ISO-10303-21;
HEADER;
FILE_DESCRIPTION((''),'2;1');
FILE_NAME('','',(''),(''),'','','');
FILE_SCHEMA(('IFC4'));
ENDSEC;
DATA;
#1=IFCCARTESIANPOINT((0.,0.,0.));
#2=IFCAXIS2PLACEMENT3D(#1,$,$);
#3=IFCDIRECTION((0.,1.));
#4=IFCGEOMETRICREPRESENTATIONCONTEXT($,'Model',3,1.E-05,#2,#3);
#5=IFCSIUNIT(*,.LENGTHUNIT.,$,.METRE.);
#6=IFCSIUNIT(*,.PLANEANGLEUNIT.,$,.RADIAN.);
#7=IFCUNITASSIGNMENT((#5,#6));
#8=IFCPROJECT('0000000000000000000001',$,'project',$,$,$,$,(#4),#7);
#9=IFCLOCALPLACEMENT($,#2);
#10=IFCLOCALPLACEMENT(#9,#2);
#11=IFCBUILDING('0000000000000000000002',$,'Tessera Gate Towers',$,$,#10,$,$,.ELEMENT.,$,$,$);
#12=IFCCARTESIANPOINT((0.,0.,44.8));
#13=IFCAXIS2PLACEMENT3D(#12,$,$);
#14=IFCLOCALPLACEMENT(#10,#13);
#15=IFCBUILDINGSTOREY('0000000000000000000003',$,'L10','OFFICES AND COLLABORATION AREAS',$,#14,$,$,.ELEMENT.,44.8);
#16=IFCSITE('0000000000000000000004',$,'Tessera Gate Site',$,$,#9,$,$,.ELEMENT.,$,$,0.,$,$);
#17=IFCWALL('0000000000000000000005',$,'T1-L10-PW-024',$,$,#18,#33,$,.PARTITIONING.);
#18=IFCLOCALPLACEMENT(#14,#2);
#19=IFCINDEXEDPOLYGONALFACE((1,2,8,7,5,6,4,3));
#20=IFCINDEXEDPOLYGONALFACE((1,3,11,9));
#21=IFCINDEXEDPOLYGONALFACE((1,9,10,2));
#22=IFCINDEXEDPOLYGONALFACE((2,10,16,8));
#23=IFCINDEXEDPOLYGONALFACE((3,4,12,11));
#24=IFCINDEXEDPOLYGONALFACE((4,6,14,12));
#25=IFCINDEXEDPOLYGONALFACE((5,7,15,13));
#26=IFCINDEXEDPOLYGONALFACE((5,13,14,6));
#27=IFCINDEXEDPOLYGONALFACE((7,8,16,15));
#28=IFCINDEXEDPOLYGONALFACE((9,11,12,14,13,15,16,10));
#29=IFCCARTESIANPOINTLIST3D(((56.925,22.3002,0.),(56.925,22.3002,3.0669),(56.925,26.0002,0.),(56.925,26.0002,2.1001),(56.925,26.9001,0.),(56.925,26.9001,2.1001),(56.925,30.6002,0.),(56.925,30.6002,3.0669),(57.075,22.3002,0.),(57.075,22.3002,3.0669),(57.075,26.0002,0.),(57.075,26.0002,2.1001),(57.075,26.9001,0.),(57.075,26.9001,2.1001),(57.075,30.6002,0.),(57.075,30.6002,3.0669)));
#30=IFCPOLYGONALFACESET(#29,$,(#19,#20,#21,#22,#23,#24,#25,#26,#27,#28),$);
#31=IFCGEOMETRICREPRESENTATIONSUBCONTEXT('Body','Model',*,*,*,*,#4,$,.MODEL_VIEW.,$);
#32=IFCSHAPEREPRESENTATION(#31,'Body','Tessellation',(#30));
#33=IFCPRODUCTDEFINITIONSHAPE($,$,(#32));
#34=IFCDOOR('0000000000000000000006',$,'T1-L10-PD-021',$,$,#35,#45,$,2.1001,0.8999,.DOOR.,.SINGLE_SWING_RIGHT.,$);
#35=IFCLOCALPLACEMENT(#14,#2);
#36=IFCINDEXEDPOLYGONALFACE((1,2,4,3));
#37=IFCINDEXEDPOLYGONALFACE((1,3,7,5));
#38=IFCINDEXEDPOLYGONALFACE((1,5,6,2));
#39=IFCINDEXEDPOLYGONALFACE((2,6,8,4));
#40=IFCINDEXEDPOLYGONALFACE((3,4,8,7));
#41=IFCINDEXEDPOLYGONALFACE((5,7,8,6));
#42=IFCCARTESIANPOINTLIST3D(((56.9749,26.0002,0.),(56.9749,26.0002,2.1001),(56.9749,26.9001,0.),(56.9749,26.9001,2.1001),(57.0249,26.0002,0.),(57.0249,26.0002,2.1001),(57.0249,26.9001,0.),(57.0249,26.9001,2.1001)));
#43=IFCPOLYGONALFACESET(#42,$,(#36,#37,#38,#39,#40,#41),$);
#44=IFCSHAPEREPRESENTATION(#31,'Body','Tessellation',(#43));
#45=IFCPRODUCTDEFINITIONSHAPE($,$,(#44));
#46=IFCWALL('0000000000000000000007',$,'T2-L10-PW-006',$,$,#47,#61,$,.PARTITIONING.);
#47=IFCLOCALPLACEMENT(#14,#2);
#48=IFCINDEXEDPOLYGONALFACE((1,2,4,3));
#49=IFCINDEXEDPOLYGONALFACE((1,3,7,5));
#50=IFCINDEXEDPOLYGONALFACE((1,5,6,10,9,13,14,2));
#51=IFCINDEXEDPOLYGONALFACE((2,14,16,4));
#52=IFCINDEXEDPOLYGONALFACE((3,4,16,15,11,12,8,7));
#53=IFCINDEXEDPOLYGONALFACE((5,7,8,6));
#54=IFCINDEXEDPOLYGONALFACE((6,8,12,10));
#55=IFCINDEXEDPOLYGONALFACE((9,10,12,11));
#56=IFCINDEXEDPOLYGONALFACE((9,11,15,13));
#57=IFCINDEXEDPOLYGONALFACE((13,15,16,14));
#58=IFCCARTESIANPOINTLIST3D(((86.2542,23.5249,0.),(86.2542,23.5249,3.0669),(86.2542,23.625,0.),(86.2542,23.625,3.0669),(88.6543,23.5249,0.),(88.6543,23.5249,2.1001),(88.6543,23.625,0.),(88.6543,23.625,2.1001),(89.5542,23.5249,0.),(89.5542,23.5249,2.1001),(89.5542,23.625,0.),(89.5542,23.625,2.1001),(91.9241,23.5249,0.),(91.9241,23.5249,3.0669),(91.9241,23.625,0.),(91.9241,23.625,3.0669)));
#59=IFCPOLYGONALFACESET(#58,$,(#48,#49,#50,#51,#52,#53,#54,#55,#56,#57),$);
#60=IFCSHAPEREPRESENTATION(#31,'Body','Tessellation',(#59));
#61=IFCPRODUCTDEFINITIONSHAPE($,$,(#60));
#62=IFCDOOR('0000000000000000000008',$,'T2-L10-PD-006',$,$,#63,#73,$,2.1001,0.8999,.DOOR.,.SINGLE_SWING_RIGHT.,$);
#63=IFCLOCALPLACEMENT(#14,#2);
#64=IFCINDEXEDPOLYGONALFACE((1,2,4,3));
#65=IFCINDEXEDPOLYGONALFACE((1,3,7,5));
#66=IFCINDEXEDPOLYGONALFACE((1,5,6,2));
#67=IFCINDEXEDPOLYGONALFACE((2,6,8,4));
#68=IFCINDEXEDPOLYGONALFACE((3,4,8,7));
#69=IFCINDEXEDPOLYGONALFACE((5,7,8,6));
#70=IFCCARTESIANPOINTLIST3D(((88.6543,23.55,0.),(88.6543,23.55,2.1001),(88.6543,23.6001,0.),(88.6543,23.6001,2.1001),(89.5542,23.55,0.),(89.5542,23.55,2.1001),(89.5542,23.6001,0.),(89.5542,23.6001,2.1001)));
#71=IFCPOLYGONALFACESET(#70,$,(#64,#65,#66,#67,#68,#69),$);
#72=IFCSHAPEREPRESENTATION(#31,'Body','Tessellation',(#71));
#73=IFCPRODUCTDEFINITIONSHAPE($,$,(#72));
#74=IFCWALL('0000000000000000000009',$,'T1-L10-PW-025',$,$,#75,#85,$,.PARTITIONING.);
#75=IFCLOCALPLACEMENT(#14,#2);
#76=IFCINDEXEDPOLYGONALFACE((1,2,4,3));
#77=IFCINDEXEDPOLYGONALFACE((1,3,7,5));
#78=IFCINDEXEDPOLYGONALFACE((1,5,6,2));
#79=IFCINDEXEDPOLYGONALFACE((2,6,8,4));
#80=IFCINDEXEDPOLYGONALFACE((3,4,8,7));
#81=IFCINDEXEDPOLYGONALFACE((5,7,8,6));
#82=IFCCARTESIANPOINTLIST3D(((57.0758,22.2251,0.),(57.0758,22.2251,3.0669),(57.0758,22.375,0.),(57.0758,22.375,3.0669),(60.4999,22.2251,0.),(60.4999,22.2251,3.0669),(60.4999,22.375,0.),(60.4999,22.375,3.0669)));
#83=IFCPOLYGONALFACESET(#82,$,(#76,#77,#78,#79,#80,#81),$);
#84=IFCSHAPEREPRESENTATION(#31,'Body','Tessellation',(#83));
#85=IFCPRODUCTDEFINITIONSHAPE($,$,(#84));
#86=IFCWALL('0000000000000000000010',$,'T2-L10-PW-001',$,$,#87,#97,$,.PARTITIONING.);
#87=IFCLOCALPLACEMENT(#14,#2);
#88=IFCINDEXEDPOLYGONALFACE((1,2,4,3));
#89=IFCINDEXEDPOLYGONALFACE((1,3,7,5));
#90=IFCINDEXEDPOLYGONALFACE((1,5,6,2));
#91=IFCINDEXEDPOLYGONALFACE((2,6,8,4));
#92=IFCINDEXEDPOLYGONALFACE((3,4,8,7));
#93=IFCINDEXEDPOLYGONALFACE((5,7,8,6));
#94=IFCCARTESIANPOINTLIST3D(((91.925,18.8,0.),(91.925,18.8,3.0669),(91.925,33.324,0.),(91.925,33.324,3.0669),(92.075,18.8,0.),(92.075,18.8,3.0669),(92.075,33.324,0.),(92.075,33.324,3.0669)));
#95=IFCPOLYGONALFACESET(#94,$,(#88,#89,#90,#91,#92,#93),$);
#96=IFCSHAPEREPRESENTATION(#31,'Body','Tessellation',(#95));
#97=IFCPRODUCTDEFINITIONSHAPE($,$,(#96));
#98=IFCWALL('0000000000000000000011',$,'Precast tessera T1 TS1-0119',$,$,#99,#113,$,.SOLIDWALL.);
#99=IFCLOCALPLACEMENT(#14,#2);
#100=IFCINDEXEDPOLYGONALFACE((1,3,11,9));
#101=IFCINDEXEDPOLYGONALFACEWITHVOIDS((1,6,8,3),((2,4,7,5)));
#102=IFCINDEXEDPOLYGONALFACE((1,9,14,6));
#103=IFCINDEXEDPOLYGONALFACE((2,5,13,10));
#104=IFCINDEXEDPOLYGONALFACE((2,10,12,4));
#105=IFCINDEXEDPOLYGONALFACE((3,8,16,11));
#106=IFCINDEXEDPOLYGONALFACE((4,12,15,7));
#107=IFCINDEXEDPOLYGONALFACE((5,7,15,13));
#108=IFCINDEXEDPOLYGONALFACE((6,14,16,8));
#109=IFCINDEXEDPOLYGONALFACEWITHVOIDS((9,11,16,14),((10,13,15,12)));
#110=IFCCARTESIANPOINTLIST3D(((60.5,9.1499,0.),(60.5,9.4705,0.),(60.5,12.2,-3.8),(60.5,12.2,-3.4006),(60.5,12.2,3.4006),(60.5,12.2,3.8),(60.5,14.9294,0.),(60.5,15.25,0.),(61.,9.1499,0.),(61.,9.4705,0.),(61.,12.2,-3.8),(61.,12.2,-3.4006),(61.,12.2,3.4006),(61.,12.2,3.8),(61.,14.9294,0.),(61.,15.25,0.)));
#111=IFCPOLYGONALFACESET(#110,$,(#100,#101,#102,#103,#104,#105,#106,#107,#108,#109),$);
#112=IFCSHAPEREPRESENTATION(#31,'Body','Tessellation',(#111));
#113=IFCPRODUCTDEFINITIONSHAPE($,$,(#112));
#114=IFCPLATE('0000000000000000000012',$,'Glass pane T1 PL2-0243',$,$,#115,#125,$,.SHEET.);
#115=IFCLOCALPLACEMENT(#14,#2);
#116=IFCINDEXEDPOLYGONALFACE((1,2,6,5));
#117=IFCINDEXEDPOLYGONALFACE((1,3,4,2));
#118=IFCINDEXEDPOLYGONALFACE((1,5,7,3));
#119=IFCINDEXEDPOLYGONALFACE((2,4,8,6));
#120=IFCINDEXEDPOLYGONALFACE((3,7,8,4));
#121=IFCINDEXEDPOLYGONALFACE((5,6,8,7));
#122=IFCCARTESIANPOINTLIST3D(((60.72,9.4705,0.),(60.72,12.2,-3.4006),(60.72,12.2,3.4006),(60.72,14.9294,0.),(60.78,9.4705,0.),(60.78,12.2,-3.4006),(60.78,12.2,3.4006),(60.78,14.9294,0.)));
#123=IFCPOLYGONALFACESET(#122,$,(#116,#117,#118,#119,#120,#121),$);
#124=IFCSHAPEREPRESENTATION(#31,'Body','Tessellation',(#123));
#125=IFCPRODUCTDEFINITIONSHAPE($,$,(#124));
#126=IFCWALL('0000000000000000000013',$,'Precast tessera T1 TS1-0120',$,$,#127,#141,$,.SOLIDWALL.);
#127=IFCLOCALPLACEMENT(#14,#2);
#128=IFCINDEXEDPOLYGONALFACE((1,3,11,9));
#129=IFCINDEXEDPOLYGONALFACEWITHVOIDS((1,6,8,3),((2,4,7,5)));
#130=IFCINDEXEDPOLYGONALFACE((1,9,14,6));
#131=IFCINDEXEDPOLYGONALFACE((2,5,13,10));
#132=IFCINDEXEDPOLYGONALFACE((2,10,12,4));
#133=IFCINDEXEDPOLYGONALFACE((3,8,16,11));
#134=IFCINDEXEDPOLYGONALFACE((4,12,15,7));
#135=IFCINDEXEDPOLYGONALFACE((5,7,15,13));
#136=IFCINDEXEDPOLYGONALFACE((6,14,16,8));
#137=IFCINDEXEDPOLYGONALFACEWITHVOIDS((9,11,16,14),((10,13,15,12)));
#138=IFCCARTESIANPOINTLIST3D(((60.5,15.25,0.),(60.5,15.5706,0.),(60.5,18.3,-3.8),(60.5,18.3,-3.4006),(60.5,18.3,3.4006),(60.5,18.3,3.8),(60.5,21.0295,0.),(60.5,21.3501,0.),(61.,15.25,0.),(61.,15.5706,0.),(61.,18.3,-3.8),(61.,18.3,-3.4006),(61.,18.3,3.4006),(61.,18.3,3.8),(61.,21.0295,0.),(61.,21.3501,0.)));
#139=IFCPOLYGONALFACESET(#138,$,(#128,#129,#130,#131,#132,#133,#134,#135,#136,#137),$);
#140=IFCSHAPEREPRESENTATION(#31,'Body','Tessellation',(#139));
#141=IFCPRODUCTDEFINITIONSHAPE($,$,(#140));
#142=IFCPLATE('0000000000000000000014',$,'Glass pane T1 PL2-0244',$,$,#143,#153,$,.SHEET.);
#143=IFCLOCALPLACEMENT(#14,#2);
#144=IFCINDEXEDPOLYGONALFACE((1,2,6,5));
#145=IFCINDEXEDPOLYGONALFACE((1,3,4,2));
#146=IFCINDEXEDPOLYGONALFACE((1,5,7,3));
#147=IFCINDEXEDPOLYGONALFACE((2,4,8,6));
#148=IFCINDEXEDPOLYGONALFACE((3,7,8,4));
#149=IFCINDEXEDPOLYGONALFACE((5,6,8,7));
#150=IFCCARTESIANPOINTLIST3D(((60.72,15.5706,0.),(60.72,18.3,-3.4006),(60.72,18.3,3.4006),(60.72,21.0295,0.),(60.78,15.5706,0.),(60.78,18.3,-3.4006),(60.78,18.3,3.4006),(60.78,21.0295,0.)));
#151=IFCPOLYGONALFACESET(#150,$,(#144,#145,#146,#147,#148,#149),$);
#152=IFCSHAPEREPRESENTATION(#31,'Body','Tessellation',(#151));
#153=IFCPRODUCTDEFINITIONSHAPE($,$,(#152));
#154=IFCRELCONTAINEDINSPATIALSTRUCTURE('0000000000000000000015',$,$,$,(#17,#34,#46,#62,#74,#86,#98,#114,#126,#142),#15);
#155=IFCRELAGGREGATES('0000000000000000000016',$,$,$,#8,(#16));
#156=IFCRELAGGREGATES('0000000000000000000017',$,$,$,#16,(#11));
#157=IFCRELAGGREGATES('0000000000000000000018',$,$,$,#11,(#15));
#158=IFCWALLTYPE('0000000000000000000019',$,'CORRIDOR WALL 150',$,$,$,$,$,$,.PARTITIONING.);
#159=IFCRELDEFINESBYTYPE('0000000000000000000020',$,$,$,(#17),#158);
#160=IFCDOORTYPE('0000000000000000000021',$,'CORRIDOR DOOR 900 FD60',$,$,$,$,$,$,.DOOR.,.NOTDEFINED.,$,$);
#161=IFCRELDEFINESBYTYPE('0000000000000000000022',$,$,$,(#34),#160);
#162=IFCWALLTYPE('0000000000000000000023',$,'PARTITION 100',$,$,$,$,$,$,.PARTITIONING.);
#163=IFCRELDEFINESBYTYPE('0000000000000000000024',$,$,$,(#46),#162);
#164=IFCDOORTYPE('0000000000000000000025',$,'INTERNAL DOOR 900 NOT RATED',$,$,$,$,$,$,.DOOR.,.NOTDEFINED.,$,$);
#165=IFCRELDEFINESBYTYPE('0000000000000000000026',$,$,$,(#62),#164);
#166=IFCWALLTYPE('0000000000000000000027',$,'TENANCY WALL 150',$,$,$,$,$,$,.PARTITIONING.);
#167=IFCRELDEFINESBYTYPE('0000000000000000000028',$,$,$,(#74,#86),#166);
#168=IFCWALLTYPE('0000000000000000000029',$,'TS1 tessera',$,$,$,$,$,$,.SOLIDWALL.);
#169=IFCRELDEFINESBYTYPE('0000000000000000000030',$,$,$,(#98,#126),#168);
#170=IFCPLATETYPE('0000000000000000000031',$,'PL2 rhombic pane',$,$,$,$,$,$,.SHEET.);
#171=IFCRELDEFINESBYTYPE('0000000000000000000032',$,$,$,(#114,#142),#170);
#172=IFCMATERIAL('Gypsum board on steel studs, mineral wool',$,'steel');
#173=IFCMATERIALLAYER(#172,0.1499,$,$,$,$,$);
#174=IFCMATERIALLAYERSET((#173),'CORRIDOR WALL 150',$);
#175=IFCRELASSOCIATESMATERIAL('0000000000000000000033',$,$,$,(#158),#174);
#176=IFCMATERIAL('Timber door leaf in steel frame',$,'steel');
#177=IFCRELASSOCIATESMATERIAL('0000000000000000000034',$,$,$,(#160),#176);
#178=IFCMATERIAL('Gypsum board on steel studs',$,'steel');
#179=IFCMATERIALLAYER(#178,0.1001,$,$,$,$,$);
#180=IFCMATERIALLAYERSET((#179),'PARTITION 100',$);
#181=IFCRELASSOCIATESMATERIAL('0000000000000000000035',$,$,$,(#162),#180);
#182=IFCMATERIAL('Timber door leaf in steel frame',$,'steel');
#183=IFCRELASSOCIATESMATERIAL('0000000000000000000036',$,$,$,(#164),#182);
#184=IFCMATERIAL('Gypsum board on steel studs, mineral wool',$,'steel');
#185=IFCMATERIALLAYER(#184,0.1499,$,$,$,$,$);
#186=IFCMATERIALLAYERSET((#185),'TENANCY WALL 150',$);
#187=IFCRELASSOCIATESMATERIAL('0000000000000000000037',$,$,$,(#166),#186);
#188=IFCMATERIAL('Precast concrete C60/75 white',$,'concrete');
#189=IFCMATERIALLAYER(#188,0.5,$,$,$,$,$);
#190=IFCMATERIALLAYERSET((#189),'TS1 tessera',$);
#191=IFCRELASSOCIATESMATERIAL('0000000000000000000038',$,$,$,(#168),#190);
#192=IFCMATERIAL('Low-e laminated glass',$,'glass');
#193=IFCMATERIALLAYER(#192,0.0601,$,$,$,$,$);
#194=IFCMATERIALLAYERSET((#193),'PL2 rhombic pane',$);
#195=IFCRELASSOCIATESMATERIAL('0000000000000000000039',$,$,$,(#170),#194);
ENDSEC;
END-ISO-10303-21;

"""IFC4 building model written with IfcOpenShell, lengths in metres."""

from ifc_helpers import new_model, si_unit, direction, frame, frame_2d, origin, place, context, subcontext, project, spatial, polyline, rectangle, outline, extrude, source, transform, mapped, material, layer, layer_set, type_object, element, fill, save


model = new_model("IFC4")

# Units and contexts
model_context = context("Model", 3, precision=1e-05, world=origin(), true_north=direction((0.0, 1.0)))
body_context = subcontext(model_context, "Body", "Model", "MODEL_VIEW")
ifc_project = project(units=[si_unit("LENGTHUNIT", "METRE"), si_unit("PLANEANGLEUNIT", "RADIAN")], contexts=[model_context])

# Site, building, storey
site_placement = place(None, origin())
site = spatial("IfcSite", under=ifc_project, at=site_placement, Name="Tessera Gate Site", CompositionType="ELEMENT", RefElevation=0.0)
building_placement = place(site_placement, origin())
building = spatial("IfcBuilding", under=site, at=building_placement, Name="Tessera Gate Towers", CompositionType="ELEMENT")
storey_placement = place(building_placement, frame((0.0, 0.0, 44.8)))
storey = spatial("IfcBuildingStorey", under=building, at=storey_placement, Name="L10", Description="OFFICES AND COLLABORATION AREAS", CompositionType="ELEMENT", Elevation=44.8)

# Shared definitions
ifc_material_1 = material(Name="Gypsum board on steel studs, mineral wool", Category="steel")
ifc_layer_1 = layer(ifc_material_1, 0.1499)
ifc_layer_set_1 = layer_set([ifc_layer_1], Name="CORRIDOR WALL 150")
wall_type_1 = type_object("IfcWallType", Name="CORRIDOR WALL 150", PredefinedType="PARTITIONING", material=ifc_layer_set_1)

# Walls, openings, doors
wall_1_placement = place(storey_placement, frame((57.0, 30.6001, 0.0), z_axis=(0.0, 0.0, 1.0), x_axis=(0.0, -1.0, 0.0)))
wall_1 = element("IfcWall", 1, at=wall_1_placement, inside=storey, type_object=wall_type_1, Name="T1-L10-PW-024", PredefinedType="PARTITIONING", context=body_context, shape_type="SweptSolid", body=[
    extrude(rectangle(XDim=8.3, YDim=0.1499, at=frame_2d((4.1499, 0.0))), origin(), (0.0, 0.0, 1.0), 3.0669),
])
shared_shape_1 = source(origin(), body_context, "Body", "SweptSolid", [
    extrude(rectangle(XDim=0.8999, YDim=2.1001, at=frame_2d((0.45, 1.05))), frame((0.0, 0.085, 0.0), z_axis=(0.0, -1.0, 0.0), x_axis=(1.0, 0.0, 0.0)), (0.0, 0.0, 1.0), 0.1699),
])
opening_1_placement = place(wall_1_placement, frame((3.7, 0.0, 0.0)))
opening_1 = element("IfcOpeningElement", 2, at=opening_1_placement, cuts=wall_1, PredefinedType="OPENING", context=body_context, shape_type="MappedRepresentation", body=[
    mapped(shared_shape_1, transform((0.0, 0.0, 0.0), scale=1.0)),
])
ifc_material_2 = material(Name="Timber door leaf in steel frame", Category="steel")
door_type_1 = type_object("IfcDoorType", Name="CORRIDOR DOOR 900 FD60", OperationType="NOTDEFINED", PredefinedType="DOOR", material=ifc_material_2)
shared_shape_2 = source(origin(), body_context, "Body", "SweptSolid", [
    extrude(rectangle(XDim=0.8999, YDim=2.1001, at=frame_2d((0.45, 1.05))), frame((0.0, 0.0249, 0.0), z_axis=(0.0, -1.0, 0.0), x_axis=(1.0, 0.0, 0.0)), (0.0, 0.0, 1.0), 0.05),
])
door_1_placement = place(opening_1_placement, origin())
door_1 = element("IfcDoor", 3, at=door_1_placement, inside=storey, type_object=door_type_1, Name="T1-L10-PD-021", OperationType="SINGLE_SWING_RIGHT", OverallHeight=2.1001, OverallWidth=0.8999, PredefinedType="DOOR", context=body_context, shape_type="MappedRepresentation", body=[
    mapped(shared_shape_2, transform((0.0, 0.0, 0.0), scale=1.0)),
])
fill(opening_1, door_1)
ifc_material_3 = material(Name="Gypsum board on steel studs", Category="steel")
ifc_layer_2 = layer(ifc_material_3, 0.1001)
ifc_layer_set_2 = layer_set([ifc_layer_2], Name="PARTITION 100")
wall_type_2 = type_object("IfcWallType", Name="PARTITION 100", PredefinedType="PARTITIONING", material=ifc_layer_set_2)
wall_2_placement = place(storey_placement, frame((91.9241, 23.575, 0.0), z_axis=(0.0, 0.0, 1.0), x_axis=(-1.0, 0.0, 0.0)))
wall_2 = element("IfcWall", 4, at=wall_2_placement, inside=storey, type_object=wall_type_2, Name="T2-L10-PW-006", PredefinedType="PARTITIONING", context=body_context, shape_type="SweptSolid", body=[
    extrude(rectangle(XDim=5.6699, YDim=0.1001, at=frame_2d((2.835, 0.0))), origin(), (0.0, 0.0, 1.0), 3.0669),
])
shared_shape_3 = source(origin(), body_context, "Body", "SweptSolid", [
    extrude(rectangle(XDim=0.8999, YDim=2.1001, at=frame_2d((0.45, 1.05))), frame((0.0, 0.0601, 0.0), z_axis=(0.0, -1.0, 0.0), x_axis=(1.0, 0.0, 0.0)), (0.0, 0.0, 1.0), 0.1201),
])
opening_2_placement = place(wall_2_placement, frame((2.3699, 0.0, 0.0)))
opening_2 = element("IfcOpeningElement", 5, at=opening_2_placement, cuts=wall_2, PredefinedType="OPENING", context=body_context, shape_type="MappedRepresentation", body=[
    mapped(shared_shape_3, transform((0.0, 0.0, 0.0), scale=1.0)),
])
ifc_material_4 = material(Name="Timber door leaf in steel frame", Category="steel")
door_type_2 = type_object("IfcDoorType", Name="INTERNAL DOOR 900 NOT RATED", OperationType="NOTDEFINED", PredefinedType="DOOR", material=ifc_material_4)
door_2_placement = place(opening_2_placement, origin())
door_2 = element("IfcDoor", 6, at=door_2_placement, inside=storey, type_object=door_type_2, Name="T2-L10-PD-006", OperationType="SINGLE_SWING_RIGHT", OverallHeight=2.1001, OverallWidth=0.8999, PredefinedType="DOOR", context=body_context, shape_type="MappedRepresentation", body=[
    mapped(shared_shape_2, transform((0.0, 0.0, 0.0), scale=1.0)),
])
fill(opening_2, door_2)

# Walls
ifc_material_5 = material(Name="Gypsum board on steel studs, mineral wool", Category="steel")
ifc_layer_3 = layer(ifc_material_5, 0.1499)
ifc_layer_set_3 = layer_set([ifc_layer_3], Name="TENANCY WALL 150")
wall_type_3 = type_object("IfcWallType", Name="TENANCY WALL 150", PredefinedType="PARTITIONING", material=ifc_layer_set_3)
wall_3_placement = place(storey_placement, frame((57.0759, 22.3, 0.0), z_axis=(0.0, 0.0, 1.0), x_axis=(1.0, 0.0, 0.0)))
element("IfcWall", 7, at=wall_3_placement, inside=storey, type_object=wall_type_3, Name="T1-L10-PW-025", PredefinedType="PARTITIONING", context=body_context, shape_type="SweptSolid", body=[
    extrude(rectangle(XDim=3.4241, YDim=0.1499, at=frame_2d((1.7119, 0.0))), origin(), (0.0, 0.0, 1.0), 3.0669),
])
wall_4_placement = place(storey_placement, frame((92.0, 18.8, 0.0), z_axis=(0.0, 0.0, 1.0), x_axis=(0.0, 1.0, 0.0)))
element("IfcWall", 8, at=wall_4_placement, inside=storey, type_object=wall_type_3, Name="T2-L10-PW-001", PredefinedType="PARTITIONING", context=body_context, shape_type="SweptSolid", body=[
    extrude(rectangle(XDim=14.5239, YDim=0.1499, at=frame_2d((7.262, 0.0))), origin(), (0.0, 0.0, 1.0), 3.0669),
])

# Walls, openings, plates
ifc_material_6 = material(Name="Precast concrete C60/75 white", Category="concrete")
ifc_layer_4 = layer(ifc_material_6, 0.5)
ifc_layer_set_4 = layer_set([ifc_layer_4], Name="TS1 tessera")
wall_type_4 = type_object("IfcWallType", Name="TS1 tessera", PredefinedType="SOLIDWALL", material=ifc_layer_set_4)
shared_shape_4 = source(origin(), body_context, "Body", "SweptSolid", [
    extrude(outline(polyline([(3.05, 0.0), (6.1001, 3.8), (3.05, 7.6001), (0.0, 3.8), (3.05, 0.0)])), frame((0.0, 0.25, 0.0), z_axis=(0.0, -1.0, 0.0), x_axis=(1.0, 0.0, 0.0)), (0.0, 0.0, 1.0), 0.5),
])
wall_5_placement = place(storey_placement, frame((60.75, 9.1499, -3.8), z_axis=(0.0, 0.0, 1.0), x_axis=(0.0, 1.0, 0.0)))
wall_5 = element("IfcWall", 9, at=wall_5_placement, inside=storey, type_object=wall_type_4, Name="Precast tessera T1 TS1-0119", PredefinedType="SOLIDWALL", context=body_context, shape_type="MappedRepresentation", body=[
    mapped(shared_shape_4, transform((0.0, 0.0, 0.0), scale=1.0)),
])
shared_shape_5 = source(origin(), body_context, "Body", "SweptSolid", [
    extrude(outline(polyline([(3.05, 0.3994), (5.7795, 3.8), (3.05, 7.2007), (0.3206, 3.8), (3.05, 0.3994)])), frame((0.0, 0.26, 0.0), z_axis=(0.0, -1.0, 0.0), x_axis=(1.0, 0.0, 0.0)), (0.0, 0.0, 1.0), 0.52),
])
opening_3_placement = place(wall_5_placement, origin())
opening_3 = element("IfcOpeningElement", 10, at=opening_3_placement, cuts=wall_5, PredefinedType="OPENING", context=body_context, shape_type="MappedRepresentation", body=[
    mapped(shared_shape_5, transform((0.0, 0.0, 0.0), scale=1.0)),
])
ifc_material_7 = material(Name="Low-e laminated glass", Category="glass")
ifc_layer_5 = layer(ifc_material_7, 0.0601)
ifc_layer_set_5 = layer_set([ifc_layer_5], Name="PL2 rhombic pane")
plate_type = type_object("IfcPlateType", Name="PL2 rhombic pane", PredefinedType="SHEET", material=ifc_layer_set_5)
shared_shape_6 = source(origin(), body_context, "Body", "SweptSolid", [
    extrude(outline(polyline([(3.05, 0.3994), (5.7795, 3.8), (3.05, 7.2007), (0.3206, 3.8), (3.05, 0.3994)])), frame((0.0, 0.03, 0.0), z_axis=(0.0, -1.0, 0.0), x_axis=(1.0, 0.0, 0.0)), (0.0, 0.0, 1.0), 0.0601),
])
plate_1_placement = place(opening_3_placement, origin())
plate_1 = element("IfcPlate", 11, at=plate_1_placement, inside=storey, type_object=plate_type, Name="Glass pane T1 PL2-0243", PredefinedType="SHEET", context=body_context, shape_type="MappedRepresentation", body=[
    mapped(shared_shape_6, transform((0.0, 0.0, 0.0), scale=1.0)),
])
fill(opening_3, plate_1)
wall_6_placement = place(storey_placement, frame((60.75, 15.25, -3.8), z_axis=(0.0, 0.0, 1.0), x_axis=(0.0, 1.0, 0.0)))
wall_6 = element("IfcWall", 12, at=wall_6_placement, inside=storey, type_object=wall_type_4, Name="Precast tessera T1 TS1-0120", PredefinedType="SOLIDWALL", context=body_context, shape_type="MappedRepresentation", body=[
    mapped(shared_shape_4, transform((0.0, 0.0, 0.0), scale=1.0)),
])
opening_4_placement = place(wall_6_placement, origin())
opening_4 = element("IfcOpeningElement", 13, at=opening_4_placement, cuts=wall_6, PredefinedType="OPENING", context=body_context, shape_type="MappedRepresentation", body=[
    mapped(shared_shape_5, transform((0.0, 0.0, 0.0), scale=1.0)),
])
plate_2_placement = place(opening_4_placement, origin())
plate_2 = element("IfcPlate", 14, at=plate_2_placement, inside=storey, type_object=plate_type, Name="Glass pane T1 PL2-0244", PredefinedType="SHEET", context=body_context, shape_type="MappedRepresentation", body=[
    mapped(shared_shape_6, transform((0.0, 0.0, 0.0), scale=1.0)),
])
fill(opening_4, plate_2)

save(model, "model.ifc")
